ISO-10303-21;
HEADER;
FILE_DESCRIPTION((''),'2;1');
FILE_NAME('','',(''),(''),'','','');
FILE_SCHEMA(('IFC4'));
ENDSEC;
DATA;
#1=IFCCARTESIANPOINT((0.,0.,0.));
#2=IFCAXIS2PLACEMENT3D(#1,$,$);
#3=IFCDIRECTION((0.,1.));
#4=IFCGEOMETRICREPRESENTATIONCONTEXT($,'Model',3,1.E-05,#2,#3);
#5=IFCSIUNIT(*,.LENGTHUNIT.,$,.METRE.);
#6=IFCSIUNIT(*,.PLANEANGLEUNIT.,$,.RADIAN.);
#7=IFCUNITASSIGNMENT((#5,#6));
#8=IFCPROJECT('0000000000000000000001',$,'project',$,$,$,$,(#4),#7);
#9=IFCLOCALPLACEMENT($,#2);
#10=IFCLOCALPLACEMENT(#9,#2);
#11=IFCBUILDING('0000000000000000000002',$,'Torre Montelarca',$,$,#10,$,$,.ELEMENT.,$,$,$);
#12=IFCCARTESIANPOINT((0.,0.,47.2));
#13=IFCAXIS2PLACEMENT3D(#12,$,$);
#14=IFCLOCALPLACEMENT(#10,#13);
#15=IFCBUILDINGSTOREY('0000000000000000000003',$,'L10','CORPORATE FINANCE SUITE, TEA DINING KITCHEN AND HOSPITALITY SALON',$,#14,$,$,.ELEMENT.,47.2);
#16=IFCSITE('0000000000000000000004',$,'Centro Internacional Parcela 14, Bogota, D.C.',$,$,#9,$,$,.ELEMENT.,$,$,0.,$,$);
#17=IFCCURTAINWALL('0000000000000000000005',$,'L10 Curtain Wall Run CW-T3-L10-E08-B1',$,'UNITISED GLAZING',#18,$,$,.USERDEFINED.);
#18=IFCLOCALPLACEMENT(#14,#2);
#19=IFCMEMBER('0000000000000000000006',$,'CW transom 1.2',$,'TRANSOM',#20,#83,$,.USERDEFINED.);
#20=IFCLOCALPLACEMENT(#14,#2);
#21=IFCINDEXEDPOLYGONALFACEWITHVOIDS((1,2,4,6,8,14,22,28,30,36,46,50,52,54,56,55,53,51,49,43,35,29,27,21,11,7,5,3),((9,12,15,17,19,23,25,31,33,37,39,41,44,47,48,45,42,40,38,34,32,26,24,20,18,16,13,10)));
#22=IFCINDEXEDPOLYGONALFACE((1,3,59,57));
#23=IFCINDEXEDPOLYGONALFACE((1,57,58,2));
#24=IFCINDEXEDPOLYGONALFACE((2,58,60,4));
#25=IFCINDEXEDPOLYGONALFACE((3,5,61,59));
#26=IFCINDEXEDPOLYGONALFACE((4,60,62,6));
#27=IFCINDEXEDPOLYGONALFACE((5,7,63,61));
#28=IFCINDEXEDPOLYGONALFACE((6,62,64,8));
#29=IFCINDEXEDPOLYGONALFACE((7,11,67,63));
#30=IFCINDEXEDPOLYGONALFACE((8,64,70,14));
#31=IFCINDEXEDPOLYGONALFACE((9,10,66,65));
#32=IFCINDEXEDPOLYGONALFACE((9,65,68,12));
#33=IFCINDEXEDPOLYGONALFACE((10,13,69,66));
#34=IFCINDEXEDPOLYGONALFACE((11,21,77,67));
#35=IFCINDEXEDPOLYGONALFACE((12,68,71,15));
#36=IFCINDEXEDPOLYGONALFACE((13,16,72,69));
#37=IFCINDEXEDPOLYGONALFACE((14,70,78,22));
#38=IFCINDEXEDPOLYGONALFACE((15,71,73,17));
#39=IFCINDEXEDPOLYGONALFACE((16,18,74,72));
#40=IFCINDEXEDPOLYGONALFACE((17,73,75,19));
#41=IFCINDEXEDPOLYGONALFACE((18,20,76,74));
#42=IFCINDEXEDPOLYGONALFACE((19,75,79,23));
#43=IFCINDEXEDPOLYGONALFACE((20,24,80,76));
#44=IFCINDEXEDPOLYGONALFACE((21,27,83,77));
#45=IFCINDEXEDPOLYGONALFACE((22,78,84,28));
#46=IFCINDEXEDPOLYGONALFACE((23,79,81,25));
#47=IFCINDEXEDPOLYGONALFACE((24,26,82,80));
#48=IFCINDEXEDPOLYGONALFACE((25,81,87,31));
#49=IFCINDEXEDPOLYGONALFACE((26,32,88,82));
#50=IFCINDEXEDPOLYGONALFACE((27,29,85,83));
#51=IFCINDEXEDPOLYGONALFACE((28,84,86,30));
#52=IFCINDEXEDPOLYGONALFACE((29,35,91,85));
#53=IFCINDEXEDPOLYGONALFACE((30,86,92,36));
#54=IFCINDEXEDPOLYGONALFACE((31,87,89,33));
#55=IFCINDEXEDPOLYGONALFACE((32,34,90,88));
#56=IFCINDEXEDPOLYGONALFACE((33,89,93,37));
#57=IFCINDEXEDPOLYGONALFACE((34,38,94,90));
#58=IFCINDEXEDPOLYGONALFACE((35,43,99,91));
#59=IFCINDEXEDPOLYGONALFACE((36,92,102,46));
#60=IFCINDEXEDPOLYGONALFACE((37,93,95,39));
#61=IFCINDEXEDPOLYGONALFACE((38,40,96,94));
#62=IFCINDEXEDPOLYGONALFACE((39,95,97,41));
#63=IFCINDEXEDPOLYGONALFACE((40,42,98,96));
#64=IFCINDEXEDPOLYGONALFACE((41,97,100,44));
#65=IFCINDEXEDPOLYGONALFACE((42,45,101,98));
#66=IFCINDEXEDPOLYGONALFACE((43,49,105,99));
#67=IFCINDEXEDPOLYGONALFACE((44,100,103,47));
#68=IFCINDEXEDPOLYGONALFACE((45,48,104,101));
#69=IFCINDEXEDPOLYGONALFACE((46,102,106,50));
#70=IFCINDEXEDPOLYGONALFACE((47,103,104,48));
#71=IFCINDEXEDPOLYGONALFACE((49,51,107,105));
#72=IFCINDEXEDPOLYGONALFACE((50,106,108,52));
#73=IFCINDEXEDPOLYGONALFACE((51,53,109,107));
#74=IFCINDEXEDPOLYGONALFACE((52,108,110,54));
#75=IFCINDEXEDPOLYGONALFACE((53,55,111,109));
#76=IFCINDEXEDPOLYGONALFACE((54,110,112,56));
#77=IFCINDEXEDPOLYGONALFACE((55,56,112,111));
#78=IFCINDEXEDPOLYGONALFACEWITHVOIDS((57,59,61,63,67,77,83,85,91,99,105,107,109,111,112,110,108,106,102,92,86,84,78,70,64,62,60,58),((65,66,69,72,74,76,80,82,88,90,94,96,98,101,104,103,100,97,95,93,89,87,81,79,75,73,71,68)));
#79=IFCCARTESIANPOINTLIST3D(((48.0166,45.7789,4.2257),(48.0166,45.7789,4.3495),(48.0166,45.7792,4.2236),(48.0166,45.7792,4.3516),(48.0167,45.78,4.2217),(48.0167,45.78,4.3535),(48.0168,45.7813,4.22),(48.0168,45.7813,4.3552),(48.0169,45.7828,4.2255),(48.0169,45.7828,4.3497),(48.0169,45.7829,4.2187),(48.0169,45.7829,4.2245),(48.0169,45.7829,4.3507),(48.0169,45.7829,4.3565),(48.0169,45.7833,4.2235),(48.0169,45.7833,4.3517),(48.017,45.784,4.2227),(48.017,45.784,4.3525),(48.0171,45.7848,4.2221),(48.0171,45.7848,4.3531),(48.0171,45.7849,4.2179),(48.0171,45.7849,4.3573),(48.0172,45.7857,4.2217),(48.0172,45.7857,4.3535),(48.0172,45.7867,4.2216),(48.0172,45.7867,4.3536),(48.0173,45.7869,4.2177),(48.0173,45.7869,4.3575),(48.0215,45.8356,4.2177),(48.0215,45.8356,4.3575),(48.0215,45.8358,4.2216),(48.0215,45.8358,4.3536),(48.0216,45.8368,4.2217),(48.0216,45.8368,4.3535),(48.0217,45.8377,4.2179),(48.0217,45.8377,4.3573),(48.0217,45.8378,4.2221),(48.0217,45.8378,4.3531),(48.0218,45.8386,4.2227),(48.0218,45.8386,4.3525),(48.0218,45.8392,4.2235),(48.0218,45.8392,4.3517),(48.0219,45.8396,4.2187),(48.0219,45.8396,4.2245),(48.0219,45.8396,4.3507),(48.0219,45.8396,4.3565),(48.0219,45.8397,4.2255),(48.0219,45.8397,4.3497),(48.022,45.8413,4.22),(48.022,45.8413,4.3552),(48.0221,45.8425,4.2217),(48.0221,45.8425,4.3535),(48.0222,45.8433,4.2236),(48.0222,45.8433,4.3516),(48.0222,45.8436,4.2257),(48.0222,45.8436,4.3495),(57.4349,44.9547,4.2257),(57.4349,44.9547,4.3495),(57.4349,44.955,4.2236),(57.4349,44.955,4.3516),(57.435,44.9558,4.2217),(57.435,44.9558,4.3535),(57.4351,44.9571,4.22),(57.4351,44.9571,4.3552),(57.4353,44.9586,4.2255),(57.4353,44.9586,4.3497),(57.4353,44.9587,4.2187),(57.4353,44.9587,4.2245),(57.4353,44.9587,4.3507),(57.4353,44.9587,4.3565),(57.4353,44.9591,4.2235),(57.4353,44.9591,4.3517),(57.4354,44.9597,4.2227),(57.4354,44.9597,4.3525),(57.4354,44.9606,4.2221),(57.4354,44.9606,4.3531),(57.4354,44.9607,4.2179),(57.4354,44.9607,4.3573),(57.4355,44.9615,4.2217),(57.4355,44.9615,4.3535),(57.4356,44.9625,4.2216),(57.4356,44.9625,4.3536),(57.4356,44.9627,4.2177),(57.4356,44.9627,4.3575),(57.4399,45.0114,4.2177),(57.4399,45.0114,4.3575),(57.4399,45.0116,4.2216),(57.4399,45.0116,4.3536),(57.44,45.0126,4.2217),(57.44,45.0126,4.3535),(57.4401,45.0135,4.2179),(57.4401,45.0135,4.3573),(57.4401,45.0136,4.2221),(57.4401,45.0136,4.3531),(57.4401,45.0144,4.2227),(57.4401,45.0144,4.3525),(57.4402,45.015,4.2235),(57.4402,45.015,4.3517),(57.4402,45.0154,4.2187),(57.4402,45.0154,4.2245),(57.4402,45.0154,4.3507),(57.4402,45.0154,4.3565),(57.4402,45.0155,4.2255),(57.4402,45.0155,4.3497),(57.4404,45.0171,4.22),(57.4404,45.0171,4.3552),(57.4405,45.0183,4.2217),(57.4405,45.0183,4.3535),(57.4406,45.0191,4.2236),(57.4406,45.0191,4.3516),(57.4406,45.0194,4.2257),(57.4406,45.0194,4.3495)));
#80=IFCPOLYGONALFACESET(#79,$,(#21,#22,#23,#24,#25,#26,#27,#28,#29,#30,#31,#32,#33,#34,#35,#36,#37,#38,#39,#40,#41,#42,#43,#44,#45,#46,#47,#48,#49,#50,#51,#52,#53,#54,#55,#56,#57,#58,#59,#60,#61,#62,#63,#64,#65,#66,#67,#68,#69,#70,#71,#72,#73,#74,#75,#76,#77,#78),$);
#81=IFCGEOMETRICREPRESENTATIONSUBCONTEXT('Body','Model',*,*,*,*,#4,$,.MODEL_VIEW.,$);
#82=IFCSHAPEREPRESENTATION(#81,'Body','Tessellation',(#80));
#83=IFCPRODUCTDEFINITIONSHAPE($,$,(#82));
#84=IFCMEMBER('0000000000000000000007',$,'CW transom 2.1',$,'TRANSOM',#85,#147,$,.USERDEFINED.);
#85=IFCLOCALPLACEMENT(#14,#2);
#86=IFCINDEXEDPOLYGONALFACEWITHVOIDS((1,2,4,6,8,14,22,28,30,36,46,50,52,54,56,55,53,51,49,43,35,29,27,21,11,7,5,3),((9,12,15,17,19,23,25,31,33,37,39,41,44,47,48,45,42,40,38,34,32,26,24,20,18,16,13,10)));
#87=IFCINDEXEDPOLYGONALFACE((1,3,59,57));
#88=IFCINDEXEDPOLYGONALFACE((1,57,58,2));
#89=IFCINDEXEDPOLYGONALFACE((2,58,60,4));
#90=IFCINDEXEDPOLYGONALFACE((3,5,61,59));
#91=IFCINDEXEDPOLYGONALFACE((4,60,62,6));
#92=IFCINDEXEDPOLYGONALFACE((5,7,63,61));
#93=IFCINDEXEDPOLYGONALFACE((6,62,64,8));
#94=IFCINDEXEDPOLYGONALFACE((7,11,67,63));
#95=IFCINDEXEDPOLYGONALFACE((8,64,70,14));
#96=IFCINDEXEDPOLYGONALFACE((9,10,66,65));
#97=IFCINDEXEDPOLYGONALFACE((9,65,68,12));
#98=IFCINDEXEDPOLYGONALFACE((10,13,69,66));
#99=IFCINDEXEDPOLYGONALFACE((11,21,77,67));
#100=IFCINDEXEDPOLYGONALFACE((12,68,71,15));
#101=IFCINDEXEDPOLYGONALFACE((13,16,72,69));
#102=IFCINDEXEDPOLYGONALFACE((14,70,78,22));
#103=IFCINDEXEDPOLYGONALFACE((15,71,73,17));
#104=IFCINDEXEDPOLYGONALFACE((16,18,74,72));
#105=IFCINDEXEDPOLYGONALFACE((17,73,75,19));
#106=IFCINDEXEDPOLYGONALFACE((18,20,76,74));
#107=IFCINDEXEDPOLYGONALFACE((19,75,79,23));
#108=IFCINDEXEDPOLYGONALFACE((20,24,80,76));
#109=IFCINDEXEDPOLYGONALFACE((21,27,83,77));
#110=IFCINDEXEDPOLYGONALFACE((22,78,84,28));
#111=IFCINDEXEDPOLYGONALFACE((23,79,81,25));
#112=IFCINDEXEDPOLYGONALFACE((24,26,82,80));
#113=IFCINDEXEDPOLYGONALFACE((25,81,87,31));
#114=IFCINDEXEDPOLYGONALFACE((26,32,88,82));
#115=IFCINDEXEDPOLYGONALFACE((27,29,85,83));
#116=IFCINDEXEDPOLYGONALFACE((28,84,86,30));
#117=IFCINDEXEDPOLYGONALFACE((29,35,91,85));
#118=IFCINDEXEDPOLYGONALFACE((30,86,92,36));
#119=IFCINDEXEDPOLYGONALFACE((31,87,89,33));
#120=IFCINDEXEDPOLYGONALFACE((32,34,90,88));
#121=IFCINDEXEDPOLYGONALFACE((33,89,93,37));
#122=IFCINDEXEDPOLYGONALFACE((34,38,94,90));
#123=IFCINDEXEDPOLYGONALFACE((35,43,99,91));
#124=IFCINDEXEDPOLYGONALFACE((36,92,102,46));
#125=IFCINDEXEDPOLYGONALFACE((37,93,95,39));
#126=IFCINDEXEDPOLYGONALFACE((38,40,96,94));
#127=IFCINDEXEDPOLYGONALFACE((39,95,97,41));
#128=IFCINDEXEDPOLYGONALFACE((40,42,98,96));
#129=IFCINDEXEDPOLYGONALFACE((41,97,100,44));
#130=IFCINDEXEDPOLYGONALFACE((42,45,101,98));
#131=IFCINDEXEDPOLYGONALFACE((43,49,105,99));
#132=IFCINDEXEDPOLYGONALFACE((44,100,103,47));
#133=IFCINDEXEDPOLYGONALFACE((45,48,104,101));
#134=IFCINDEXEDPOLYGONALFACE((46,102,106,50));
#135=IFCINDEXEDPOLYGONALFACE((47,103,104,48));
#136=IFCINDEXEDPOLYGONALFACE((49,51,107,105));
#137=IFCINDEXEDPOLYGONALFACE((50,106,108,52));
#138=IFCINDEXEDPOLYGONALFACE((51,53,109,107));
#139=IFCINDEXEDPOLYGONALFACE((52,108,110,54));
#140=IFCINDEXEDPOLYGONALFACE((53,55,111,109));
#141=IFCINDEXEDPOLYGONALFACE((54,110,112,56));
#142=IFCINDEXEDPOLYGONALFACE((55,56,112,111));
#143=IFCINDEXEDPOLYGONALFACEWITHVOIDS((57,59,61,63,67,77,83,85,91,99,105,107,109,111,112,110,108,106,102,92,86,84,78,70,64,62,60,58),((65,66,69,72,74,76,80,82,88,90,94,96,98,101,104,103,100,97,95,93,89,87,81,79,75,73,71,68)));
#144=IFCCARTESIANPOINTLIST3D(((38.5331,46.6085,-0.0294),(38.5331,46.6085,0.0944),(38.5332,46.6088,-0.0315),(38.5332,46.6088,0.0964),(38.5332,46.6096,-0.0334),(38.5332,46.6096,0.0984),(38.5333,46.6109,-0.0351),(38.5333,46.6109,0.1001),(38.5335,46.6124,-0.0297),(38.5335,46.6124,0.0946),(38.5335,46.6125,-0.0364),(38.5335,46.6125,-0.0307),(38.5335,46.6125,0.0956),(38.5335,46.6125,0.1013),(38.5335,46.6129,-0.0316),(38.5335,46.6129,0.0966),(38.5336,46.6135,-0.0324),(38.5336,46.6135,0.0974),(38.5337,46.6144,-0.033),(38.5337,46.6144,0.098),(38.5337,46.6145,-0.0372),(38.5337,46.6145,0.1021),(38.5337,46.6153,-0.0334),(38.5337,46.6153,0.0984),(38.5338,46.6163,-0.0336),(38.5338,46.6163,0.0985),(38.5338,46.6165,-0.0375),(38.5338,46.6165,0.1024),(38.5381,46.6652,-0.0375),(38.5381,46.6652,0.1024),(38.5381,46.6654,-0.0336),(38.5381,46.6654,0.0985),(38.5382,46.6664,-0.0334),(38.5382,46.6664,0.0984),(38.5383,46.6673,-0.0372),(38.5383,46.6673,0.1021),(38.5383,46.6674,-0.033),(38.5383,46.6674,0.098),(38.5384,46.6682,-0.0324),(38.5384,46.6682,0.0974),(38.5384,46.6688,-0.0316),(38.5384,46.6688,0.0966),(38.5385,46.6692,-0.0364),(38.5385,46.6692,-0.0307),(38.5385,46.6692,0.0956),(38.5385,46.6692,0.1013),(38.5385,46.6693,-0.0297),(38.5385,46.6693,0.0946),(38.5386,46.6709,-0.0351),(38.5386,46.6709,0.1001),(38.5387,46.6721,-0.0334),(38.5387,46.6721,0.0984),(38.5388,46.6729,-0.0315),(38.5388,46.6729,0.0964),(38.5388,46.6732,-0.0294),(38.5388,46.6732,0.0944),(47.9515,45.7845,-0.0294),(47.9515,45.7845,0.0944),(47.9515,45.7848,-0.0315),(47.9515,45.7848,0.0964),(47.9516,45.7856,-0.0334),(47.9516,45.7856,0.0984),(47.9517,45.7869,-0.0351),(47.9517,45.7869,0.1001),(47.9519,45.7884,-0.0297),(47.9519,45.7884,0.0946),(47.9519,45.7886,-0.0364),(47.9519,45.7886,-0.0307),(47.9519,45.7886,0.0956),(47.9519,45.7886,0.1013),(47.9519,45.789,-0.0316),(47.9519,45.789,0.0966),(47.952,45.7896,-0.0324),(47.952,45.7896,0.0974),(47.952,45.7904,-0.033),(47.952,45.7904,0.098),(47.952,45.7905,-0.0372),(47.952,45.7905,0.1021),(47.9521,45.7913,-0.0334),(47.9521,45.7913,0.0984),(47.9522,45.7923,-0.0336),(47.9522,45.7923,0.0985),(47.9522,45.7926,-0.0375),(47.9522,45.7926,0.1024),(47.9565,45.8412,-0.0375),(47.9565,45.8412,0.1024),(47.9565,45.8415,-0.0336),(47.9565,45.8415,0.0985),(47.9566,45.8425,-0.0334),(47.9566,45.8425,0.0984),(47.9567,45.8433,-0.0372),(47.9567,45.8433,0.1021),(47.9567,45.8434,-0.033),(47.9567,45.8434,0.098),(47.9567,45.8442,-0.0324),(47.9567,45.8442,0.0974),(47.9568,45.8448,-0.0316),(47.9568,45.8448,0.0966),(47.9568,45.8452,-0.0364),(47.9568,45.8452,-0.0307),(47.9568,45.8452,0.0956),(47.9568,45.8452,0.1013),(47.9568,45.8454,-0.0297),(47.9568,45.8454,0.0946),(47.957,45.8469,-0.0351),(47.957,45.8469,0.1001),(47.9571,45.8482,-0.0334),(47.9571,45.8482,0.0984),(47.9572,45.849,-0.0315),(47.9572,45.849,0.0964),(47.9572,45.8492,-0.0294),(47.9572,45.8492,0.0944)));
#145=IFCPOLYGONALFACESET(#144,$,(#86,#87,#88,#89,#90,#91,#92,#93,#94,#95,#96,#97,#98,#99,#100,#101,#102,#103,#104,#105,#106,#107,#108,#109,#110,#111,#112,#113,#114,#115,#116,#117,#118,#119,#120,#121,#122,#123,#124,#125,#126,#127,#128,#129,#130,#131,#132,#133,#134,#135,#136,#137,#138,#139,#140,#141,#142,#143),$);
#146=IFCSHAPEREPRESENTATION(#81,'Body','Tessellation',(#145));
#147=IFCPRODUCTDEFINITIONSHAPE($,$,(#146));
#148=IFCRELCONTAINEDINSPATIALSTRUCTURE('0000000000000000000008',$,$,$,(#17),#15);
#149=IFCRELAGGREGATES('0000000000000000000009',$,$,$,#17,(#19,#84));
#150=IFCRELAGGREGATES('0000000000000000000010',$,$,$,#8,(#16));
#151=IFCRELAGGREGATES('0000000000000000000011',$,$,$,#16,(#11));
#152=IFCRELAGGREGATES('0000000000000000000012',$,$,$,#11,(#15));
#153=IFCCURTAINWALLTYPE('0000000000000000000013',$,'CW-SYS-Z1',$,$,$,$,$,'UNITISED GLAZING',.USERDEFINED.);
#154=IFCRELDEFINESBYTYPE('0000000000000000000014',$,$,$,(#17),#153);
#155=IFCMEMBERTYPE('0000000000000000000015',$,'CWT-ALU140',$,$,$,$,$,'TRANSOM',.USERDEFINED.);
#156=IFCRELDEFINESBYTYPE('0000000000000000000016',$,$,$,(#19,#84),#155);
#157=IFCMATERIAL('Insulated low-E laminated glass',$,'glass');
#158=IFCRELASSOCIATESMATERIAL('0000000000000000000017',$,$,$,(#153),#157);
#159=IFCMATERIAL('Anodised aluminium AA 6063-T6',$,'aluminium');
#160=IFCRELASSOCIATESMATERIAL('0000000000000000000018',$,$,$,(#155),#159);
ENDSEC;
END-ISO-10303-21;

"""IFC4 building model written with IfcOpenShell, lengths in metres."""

from ifc_helpers import new_model, si_unit, direction, frame, origin, origin_2d, place, context, subcontext, project, spatial, hollow_rectangle, extrude, source, transform, mapped, material, material_profile, profile_set, type_object, element, aggregate, save


model = new_model("IFC4")

# Units and contexts
model_context = context("Model", 3, precision=1e-05, world=origin(), true_north=direction((0.0, 1.0)))
body_context = subcontext(model_context, "Body", "Model", "MODEL_VIEW")
ifc_project = project(units=[si_unit("LENGTHUNIT", "METRE"), si_unit("PLANEANGLEUNIT", "RADIAN")], contexts=[model_context])

# Site, building, storey
site_placement = place(None, origin())
site = spatial("IfcSite", under=ifc_project, at=site_placement, Name="Centro Internacional Parcela 14, Bogota, D.C.", CompositionType="ELEMENT", RefElevation=0.0)
building_placement = place(site_placement, origin())
building = spatial("IfcBuilding", under=site, at=building_placement, Name="Torre Montelarca", CompositionType="ELEMENT")
storey_placement = place(building_placement, frame((0.0, 0.0, 47.2)))
storey = spatial("IfcBuildingStorey", under=building, at=storey_placement, Name="L10", Description="CORPORATE FINANCE SUITE, TEA DINING KITCHEN AND HOSPITALITY SALON", CompositionType="ELEMENT", Elevation=47.2)

# Curtain wall
ifc_material_1 = material(Name="Insulated low-E laminated glass", Category="glass")
curtain_wall_type = type_object("IfcCurtainWallType", Name="CW-SYS-Z1", ElementType="UNITISED GLAZING", PredefinedType="USERDEFINED", material=ifc_material_1)
ifc_material_2 = material(Name="Anodised aluminium AA 6063-T6", Category="aluminium")
curtain_wall_1_placement = place(storey_placement, origin())
curtain_wall_1 = element("IfcCurtainWall", 1, at=curtain_wall_1_placement, inside=storey, type_object=curtain_wall_type, Name="L10 Curtain Wall Run CW-T3-L10-E08-B1", ObjectType="UNITISED GLAZING", PredefinedType="USERDEFINED")

# Members
ifc_material_profile_1 = material_profile(ifc_material_2, hollow_rectangle(XDim=0.0649, YDim=0.1399, WallThickness=0.0039, InnerFilletRadius=0.0039, OuterFilletRadius=0.0081, at=origin_2d()), Name="ALU65X140X4", Category="aluminium")
ifc_profile_set_1 = profile_set([ifc_material_profile_1], Name="Anodised aluminium AA 6063-T6")
member_type_1 = type_object("IfcMemberType", Name="CWT-ALU140", ElementType="TRANSOM", PredefinedType="USERDEFINED", material=ifc_profile_set_1)
shared_shape_1 = source(origin(), body_context, "Body", "SweptSolid", [
    extrude(hollow_rectangle(XDim=0.0649, YDim=0.1399, WallThickness=0.0039, InnerFilletRadius=0.0039, OuterFilletRadius=0.0081, at=origin_2d()), origin(), (0.0, 0.0, 1.0), 9.4543),
])
member_1_placement = place(storey_placement, frame((57.4377, 44.9871, 4.2876), z_axis=(-0.996193, 0.087178, 0.0), x_axis=(-0.087178, -0.996193, 0.0)))
member_1 = element("IfcMember", 2, at=member_1_placement, type_object=member_type_1, Name="CW transom 1.2", ObjectType="TRANSOM", PredefinedType="USERDEFINED", context=body_context, shape_type="MappedRepresentation", body=[
    mapped(shared_shape_1, transform((0.0, 0.0, 0.0), scale=1.0)),
])
member_2_placement = place(storey_placement, frame((47.9543, 45.8169, 0.0325), z_axis=(-0.996195, 0.087152, 0.0), x_axis=(-0.087152, -0.996195, 0.0)))
member_2 = element("IfcMember", 3, at=member_2_placement, type_object=member_type_1, Name="CW transom 2.1", ObjectType="TRANSOM", PredefinedType="USERDEFINED", context=body_context, shape_type="MappedRepresentation", body=[
    mapped(shared_shape_1, transform((0.0, 0.0, 0.0), scale=1.0)),
])

aggregate(curtain_wall_1, [member_1, member_2])

save(model, "model.ifc")
